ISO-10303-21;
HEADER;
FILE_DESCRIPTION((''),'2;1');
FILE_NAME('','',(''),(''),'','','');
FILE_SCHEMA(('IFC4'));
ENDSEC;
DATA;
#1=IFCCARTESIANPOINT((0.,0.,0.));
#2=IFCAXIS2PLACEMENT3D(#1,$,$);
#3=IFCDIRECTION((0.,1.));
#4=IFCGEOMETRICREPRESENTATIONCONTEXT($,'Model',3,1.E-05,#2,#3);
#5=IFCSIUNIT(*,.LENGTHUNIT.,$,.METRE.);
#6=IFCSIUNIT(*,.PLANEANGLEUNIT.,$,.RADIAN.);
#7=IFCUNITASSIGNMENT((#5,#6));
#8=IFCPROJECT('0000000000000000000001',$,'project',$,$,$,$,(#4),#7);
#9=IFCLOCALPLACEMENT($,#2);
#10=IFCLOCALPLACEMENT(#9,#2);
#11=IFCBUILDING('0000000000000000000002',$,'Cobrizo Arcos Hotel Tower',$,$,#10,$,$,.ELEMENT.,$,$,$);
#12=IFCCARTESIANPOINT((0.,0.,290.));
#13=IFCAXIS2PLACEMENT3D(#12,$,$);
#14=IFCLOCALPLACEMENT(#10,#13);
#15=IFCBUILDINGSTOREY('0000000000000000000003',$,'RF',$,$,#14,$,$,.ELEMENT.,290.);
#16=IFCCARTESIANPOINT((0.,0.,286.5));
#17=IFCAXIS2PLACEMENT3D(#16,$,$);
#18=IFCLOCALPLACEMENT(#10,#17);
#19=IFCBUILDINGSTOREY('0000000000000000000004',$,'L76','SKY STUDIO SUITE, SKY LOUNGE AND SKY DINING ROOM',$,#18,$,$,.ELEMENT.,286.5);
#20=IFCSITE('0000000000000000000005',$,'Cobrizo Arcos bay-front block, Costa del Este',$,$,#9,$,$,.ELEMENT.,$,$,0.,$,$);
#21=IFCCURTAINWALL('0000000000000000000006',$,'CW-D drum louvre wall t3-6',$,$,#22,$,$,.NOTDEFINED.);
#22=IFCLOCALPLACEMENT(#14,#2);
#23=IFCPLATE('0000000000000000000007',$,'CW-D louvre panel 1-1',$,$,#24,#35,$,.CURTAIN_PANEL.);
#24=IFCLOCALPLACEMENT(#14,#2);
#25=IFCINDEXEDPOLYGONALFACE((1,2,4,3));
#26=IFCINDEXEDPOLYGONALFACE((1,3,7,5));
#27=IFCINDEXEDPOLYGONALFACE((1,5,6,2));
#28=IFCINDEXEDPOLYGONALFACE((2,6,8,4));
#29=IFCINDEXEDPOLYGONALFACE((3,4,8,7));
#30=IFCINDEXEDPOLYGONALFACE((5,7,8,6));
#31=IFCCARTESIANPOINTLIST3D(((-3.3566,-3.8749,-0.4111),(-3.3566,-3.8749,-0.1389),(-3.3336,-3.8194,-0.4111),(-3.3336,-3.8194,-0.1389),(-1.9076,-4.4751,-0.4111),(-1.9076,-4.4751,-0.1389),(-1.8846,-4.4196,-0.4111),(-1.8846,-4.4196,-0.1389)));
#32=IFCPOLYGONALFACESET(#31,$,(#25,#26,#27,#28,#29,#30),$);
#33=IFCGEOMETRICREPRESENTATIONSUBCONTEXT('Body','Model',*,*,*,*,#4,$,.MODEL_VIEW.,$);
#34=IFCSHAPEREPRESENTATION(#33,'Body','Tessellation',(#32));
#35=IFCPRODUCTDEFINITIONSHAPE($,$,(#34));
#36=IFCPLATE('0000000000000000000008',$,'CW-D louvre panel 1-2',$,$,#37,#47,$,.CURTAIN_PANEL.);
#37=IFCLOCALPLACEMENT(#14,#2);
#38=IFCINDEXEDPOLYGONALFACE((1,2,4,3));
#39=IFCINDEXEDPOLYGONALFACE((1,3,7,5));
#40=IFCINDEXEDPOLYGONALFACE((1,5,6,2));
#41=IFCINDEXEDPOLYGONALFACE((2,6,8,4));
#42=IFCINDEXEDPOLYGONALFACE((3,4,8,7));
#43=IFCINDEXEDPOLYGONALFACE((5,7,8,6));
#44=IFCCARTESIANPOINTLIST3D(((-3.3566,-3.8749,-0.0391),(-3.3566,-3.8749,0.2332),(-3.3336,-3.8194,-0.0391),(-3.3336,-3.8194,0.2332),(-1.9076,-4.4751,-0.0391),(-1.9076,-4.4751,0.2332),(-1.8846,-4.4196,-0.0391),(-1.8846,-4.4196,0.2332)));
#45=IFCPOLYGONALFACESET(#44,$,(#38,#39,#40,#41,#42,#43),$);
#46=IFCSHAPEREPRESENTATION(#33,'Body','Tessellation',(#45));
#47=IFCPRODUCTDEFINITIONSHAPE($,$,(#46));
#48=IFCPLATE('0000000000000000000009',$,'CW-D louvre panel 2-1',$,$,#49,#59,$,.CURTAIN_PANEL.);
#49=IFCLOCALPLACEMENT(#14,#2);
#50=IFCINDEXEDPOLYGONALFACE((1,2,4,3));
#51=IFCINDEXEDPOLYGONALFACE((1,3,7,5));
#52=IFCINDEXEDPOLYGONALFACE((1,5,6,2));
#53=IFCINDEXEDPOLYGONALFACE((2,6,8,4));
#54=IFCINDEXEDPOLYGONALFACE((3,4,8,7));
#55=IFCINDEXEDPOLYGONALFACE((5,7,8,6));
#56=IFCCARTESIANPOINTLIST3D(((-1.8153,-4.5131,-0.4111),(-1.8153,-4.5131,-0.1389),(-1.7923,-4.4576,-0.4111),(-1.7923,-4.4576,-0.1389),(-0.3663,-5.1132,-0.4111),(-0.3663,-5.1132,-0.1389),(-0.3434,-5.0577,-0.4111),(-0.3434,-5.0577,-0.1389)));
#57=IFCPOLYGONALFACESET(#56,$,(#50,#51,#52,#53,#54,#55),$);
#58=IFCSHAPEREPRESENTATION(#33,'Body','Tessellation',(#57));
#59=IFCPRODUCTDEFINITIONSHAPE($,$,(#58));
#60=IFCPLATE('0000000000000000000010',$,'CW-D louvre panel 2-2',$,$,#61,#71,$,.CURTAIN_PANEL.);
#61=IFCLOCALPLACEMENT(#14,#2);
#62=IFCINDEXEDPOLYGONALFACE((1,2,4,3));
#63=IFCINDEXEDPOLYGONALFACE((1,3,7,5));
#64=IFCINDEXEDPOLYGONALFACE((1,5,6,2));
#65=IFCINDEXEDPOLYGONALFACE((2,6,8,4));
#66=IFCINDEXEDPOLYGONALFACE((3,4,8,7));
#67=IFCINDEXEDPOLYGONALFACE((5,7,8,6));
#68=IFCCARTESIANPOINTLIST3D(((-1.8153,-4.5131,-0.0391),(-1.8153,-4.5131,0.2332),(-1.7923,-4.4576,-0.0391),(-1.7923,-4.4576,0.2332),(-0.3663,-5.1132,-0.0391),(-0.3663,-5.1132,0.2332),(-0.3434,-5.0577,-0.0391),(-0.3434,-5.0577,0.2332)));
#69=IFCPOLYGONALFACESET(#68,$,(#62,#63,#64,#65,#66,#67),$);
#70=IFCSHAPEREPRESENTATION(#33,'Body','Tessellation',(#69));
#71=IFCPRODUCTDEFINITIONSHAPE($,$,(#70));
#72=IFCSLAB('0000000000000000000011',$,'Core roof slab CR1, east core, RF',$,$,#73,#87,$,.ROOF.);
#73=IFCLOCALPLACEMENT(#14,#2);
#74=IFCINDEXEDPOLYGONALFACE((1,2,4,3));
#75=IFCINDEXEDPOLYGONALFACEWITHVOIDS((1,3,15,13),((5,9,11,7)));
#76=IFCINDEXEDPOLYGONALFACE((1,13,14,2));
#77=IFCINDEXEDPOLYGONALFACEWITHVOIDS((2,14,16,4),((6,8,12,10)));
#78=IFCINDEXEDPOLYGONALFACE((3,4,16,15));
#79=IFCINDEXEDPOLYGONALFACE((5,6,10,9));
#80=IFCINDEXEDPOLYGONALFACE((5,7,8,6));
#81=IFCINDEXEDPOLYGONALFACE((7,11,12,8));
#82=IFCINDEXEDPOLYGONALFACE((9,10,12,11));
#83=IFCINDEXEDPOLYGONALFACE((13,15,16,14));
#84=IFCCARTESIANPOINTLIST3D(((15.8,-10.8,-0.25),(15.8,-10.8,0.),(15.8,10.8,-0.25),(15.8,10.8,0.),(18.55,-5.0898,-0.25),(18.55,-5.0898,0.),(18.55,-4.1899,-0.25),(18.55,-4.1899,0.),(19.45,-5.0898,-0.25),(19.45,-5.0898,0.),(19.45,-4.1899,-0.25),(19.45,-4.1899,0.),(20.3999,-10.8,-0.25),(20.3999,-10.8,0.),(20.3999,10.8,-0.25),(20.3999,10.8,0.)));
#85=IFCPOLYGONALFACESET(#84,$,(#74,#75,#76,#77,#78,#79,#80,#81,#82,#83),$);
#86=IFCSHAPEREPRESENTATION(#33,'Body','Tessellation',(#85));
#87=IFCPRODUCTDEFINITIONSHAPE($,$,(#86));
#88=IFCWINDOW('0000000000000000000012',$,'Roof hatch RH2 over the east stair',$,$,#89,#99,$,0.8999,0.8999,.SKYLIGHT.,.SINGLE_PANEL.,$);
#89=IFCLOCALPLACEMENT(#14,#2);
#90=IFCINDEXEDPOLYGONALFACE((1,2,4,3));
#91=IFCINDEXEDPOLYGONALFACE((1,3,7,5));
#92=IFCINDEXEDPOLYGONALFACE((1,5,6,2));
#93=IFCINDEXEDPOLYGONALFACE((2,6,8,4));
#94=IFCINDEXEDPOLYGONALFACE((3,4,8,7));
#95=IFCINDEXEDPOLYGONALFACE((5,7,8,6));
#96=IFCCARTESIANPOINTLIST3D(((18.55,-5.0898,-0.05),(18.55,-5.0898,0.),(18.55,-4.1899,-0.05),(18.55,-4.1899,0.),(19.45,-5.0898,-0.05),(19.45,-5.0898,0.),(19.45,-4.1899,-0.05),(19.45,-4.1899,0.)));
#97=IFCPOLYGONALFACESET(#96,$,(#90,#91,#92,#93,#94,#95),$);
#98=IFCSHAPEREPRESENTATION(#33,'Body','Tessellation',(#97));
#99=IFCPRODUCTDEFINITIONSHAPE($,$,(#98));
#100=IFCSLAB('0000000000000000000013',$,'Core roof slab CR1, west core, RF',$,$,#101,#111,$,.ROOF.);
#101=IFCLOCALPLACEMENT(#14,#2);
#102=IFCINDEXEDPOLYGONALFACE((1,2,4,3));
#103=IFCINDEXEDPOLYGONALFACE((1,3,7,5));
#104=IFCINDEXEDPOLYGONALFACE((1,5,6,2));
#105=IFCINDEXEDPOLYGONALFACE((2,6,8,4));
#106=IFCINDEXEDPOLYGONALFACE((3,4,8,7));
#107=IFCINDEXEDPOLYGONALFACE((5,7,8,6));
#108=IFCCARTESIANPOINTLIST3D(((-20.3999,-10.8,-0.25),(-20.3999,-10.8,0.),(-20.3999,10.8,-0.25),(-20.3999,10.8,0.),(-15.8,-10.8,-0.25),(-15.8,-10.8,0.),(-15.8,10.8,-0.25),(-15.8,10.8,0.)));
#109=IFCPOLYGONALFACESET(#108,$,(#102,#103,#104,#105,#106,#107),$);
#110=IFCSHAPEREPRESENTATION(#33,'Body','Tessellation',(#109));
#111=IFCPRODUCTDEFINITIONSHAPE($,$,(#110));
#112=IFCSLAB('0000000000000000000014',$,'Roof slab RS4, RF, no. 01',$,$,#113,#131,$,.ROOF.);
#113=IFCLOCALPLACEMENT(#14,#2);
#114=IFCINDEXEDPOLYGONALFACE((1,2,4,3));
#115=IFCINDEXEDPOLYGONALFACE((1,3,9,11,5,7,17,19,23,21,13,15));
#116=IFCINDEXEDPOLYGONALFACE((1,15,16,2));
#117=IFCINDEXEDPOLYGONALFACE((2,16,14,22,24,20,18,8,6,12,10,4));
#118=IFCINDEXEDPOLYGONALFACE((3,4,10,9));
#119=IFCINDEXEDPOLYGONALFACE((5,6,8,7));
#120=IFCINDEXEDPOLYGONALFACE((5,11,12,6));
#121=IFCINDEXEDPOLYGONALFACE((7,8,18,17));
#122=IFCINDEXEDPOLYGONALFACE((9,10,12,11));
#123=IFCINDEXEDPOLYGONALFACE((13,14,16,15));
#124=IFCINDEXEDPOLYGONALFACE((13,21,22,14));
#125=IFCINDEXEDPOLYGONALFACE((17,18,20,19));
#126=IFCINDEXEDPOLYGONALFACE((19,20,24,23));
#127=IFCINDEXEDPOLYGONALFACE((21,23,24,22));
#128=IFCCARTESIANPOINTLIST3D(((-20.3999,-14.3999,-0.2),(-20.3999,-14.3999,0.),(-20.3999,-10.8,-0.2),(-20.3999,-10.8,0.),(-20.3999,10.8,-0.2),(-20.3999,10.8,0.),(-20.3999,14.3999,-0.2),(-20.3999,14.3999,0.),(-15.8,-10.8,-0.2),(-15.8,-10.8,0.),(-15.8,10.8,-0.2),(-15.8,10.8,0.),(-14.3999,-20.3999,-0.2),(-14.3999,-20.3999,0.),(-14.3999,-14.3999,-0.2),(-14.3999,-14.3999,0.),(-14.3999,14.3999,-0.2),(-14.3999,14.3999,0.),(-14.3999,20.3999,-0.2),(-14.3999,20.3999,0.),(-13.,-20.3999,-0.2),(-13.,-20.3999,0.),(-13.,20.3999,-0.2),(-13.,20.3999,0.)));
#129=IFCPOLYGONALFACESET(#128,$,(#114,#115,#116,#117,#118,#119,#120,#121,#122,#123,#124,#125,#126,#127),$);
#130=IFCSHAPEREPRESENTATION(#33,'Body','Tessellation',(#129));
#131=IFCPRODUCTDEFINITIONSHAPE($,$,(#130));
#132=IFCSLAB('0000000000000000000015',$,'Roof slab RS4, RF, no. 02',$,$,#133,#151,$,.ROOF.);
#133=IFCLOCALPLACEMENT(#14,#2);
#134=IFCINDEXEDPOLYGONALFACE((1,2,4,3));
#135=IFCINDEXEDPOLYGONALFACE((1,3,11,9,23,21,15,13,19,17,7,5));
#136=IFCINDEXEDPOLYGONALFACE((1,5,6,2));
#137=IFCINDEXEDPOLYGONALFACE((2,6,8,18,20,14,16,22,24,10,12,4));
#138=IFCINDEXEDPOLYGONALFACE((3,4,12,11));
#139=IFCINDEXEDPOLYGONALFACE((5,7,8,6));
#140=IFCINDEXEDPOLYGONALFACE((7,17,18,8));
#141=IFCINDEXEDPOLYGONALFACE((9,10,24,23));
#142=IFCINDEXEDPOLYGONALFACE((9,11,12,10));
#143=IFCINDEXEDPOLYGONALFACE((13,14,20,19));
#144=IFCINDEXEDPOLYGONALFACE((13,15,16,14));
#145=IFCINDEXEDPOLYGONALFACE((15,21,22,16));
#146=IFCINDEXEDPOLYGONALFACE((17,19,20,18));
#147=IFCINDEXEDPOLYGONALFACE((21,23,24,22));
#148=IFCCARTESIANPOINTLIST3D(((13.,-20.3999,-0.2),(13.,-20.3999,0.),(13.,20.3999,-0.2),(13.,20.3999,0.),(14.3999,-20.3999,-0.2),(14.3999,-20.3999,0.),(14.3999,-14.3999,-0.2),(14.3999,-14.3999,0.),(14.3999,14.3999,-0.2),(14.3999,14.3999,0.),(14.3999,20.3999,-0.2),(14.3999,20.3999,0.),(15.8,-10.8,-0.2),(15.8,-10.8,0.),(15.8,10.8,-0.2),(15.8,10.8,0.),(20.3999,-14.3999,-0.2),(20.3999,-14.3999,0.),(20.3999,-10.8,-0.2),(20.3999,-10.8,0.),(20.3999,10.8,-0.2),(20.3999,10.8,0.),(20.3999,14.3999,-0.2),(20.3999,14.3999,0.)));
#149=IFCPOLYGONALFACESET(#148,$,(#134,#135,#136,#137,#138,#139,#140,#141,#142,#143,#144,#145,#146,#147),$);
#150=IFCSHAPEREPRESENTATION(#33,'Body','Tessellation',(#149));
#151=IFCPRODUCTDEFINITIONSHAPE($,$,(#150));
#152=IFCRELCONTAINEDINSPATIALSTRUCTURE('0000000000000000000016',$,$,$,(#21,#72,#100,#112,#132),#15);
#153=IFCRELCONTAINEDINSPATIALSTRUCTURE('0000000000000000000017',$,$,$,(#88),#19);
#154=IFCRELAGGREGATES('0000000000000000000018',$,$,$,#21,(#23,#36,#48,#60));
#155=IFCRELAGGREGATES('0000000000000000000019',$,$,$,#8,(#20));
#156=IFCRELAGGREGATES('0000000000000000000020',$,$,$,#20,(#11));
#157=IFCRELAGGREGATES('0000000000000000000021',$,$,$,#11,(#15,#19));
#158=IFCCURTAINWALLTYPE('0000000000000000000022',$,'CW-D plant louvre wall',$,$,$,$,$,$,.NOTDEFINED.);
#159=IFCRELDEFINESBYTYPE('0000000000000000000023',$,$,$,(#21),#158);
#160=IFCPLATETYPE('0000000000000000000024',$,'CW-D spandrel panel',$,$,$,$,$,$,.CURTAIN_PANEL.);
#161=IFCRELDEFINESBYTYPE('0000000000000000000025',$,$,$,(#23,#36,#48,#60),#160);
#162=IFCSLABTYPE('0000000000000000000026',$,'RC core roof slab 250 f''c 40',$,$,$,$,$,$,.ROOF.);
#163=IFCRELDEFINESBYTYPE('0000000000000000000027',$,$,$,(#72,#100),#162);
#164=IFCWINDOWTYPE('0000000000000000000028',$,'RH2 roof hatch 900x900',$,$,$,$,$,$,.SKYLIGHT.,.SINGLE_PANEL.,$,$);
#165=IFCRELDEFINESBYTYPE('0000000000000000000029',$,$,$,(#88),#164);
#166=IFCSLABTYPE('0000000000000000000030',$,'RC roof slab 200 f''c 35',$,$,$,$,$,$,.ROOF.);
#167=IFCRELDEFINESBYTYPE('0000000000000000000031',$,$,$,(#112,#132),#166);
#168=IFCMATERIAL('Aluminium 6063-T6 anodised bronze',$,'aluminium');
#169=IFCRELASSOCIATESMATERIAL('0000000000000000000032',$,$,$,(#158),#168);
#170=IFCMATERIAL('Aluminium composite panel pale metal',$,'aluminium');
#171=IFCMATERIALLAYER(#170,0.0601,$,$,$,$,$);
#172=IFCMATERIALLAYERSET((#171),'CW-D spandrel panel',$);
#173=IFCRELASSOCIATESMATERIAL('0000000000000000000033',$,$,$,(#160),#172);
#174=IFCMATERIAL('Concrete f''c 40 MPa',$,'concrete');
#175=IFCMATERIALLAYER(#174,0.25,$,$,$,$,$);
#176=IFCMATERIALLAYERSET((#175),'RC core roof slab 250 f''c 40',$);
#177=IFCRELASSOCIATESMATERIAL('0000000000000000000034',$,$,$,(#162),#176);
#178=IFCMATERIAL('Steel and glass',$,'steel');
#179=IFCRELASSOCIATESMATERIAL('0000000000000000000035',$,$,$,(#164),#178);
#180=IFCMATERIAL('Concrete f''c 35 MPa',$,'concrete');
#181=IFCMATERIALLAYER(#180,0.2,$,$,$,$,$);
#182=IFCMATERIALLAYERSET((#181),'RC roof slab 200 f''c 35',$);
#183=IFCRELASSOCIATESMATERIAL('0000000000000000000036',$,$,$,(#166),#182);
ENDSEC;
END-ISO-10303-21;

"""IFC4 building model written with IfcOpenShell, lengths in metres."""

from ifc_helpers import new_model, si_unit, direction, frame, origin, origin_2d, place, context, subcontext, project, spatial, polyline, rectangle, outline, extrude, material, layer, layer_set, type_object, element, fill, aggregate, save


model = new_model("IFC4")

# Units and contexts
model_context = context("Model", 3, precision=1e-05, world=origin(), true_north=direction((0.0, 1.0)))
body_context = subcontext(model_context, "Body", "Model", "MODEL_VIEW")
ifc_project = project(units=[si_unit("LENGTHUNIT", "METRE"), si_unit("PLANEANGLEUNIT", "RADIAN")], contexts=[model_context])

# Site, building, storey
site_placement = place(None, origin())
site = spatial("IfcSite", under=ifc_project, at=site_placement, Name="Cobrizo Arcos bay-front block, Costa del Este", CompositionType="ELEMENT", RefElevation=0.0)
building_placement = place(site_placement, origin())
building = spatial("IfcBuilding", under=site, at=building_placement, Name="Cobrizo Arcos Hotel Tower", CompositionType="ELEMENT")
storey_1_placement = place(building_placement, frame((0.0, 0.0, 290.0)))
storey_1 = spatial("IfcBuildingStorey", under=building, at=storey_1_placement, Name="RF", CompositionType="ELEMENT", Elevation=290.0)

# Curtain wall
ifc_material_1 = material(Name="Aluminium 6063-T6 anodised bronze", Category="aluminium")
curtain_wall_type = type_object("IfcCurtainWallType", Name="CW-D plant louvre wall", PredefinedType="NOTDEFINED", material=ifc_material_1)
curtain_wall_1_placement = place(storey_1_placement, origin())
curtain_wall_1 = element("IfcCurtainWall", 1, at=curtain_wall_1_placement, inside=storey_1, type_object=curtain_wall_type, Name="CW-D drum louvre wall t3-6", PredefinedType="NOTDEFINED")

# Plates
ifc_material_2 = material(Name="Aluminium composite panel pale metal", Category="aluminium")
ifc_layer_1 = layer(ifc_material_2, 0.0601)
ifc_layer_set_1 = layer_set([ifc_layer_1], Name="CW-D spandrel panel")
plate_type = type_object("IfcPlateType", Name="CW-D spandrel panel", PredefinedType="CURTAIN_PANEL", material=ifc_layer_set_1)
plate_1_placement = place(storey_1_placement, frame((-2.6206, -4.1472, -0.4111), z_axis=(0.0, 0.0, 1.0), x_axis=(0.92388, -0.382683, 0.0)))
plate_1 = element("IfcPlate", 2, at=plate_1_placement, type_object=plate_type, Name="CW-D louvre panel 1-1", PredefinedType="CURTAIN_PANEL", context=body_context, shape_type="SweptSolid", body=[
    extrude(rectangle(XDim=1.5684, YDim=0.0601, at=origin_2d()), origin(), (0.0, 0.0, 1.0), 0.2722),
])
plate_2_placement = place(storey_1_placement, frame((-2.6206, -4.1472, -0.0391), z_axis=(0.0, 0.0, 1.0), x_axis=(0.92388, -0.382683, 0.0)))
plate_2 = element("IfcPlate", 3, at=plate_2_placement, type_object=plate_type, Name="CW-D louvre panel 1-2", PredefinedType="CURTAIN_PANEL", context=body_context, shape_type="SweptSolid", body=[
    extrude(rectangle(XDim=1.5684, YDim=0.0601, at=origin_2d()), origin(), (0.0, 0.0, 1.0), 0.2722),
])
plate_3_placement = place(storey_1_placement, frame((-1.0793, -4.7854, -0.4111), z_axis=(0.0, 0.0, 1.0), x_axis=(0.92388, -0.382683, 0.0)))
plate_3 = element("IfcPlate", 4, at=plate_3_placement, type_object=plate_type, Name="CW-D louvre panel 2-1", PredefinedType="CURTAIN_PANEL", context=body_context, shape_type="SweptSolid", body=[
    extrude(rectangle(XDim=1.5684, YDim=0.0601, at=origin_2d()), origin(), (0.0, 0.0, 1.0), 0.2722),
])
plate_4_placement = place(storey_1_placement, frame((-1.0793, -4.7854, -0.0391), z_axis=(0.0, 0.0, 1.0), x_axis=(0.92388, -0.382683, 0.0)))
plate_4 = element("IfcPlate", 5, at=plate_4_placement, type_object=plate_type, Name="CW-D louvre panel 2-2", PredefinedType="CURTAIN_PANEL", context=body_context, shape_type="SweptSolid", body=[
    extrude(rectangle(XDim=1.5684, YDim=0.0601, at=origin_2d()), origin(), (0.0, 0.0, 1.0), 0.2722),
])
aggregate(curtain_wall_1, [plate_1, plate_2, plate_3, plate_4])

# Slab, opening
ifc_material_3 = material(Name="Concrete f'c 40 MPa", Category="concrete")
ifc_layer_2 = layer(ifc_material_3, 0.25)
ifc_layer_set_2 = layer_set([ifc_layer_2], Name="RC core roof slab 250 f'c 40")
slab_type_1 = type_object("IfcSlabType", Name="RC core roof slab 250 f'c 40", PredefinedType="ROOF", material=ifc_layer_set_2)
slab_1_placement = place(storey_1_placement, frame((0.0, 0.0, -0.25)))
slab_1 = element("IfcSlab", 6, at=slab_1_placement, inside=storey_1, type_object=slab_type_1, Name="Core roof slab CR1, east core, RF", PredefinedType="ROOF", context=body_context, shape_type="SweptSolid", body=[
    extrude(outline(polyline([(20.3999, -10.8), (20.3999, 10.8), (15.8, 10.8), (15.8, -10.8), (20.3999, -10.8)])), origin(), (0.0, 0.0, 1.0), 0.25),
])
opening_placement = place(slab_1_placement, frame((19.0, -4.6399, 0.0)))
opening = element("IfcOpeningElement", 7, at=opening_placement, cuts=slab_1, PredefinedType="OPENING", context=body_context, shape_type="SweptSolid", body=[
    extrude(rectangle(XDim=0.8999, YDim=0.8999, at=origin_2d()), frame((0.0, 0.0, -0.012)), (0.0, 0.0, 1.0), 0.2739),
])

# Shared definitions
storey_2_placement = place(building_placement, frame((0.0, 0.0, 286.5)))
storey_2 = spatial("IfcBuildingStorey", under=building, at=storey_2_placement, Name="L76", Description="SKY STUDIO SUITE, SKY LOUNGE AND SKY DINING ROOM", CompositionType="ELEMENT", Elevation=286.5)

# Window
ifc_material_4 = material(Name="Steel and glass", Category="steel")
window_type = type_object("IfcWindowType", Name="RH2 roof hatch 900x900", PartitioningType="SINGLE_PANEL", PredefinedType="SKYLIGHT", material=ifc_material_4)
window_placement = place(opening_placement, frame((0.0, 0.0, 0.2)))
window = element("IfcWindow", 8, at=window_placement, inside=storey_2, type_object=window_type, Name="Roof hatch RH2 over the east stair", OverallHeight=0.8999, OverallWidth=0.8999, PartitioningType="SINGLE_PANEL", PredefinedType="SKYLIGHT", context=body_context, shape_type="SweptSolid", body=[
    extrude(rectangle(XDim=0.8999, YDim=0.8999, at=origin_2d()), origin(), (0.0, 0.0, 1.0), 0.05),
])
fill(opening, window)

# Slabs
slab_2_placement = place(storey_1_placement, frame((0.0, 0.0, -0.25)))
element("IfcSlab", 9, at=slab_2_placement, inside=storey_1, type_object=slab_type_1, Name="Core roof slab CR1, west core, RF", PredefinedType="ROOF", context=body_context, shape_type="SweptSolid", body=[
    extrude(outline(polyline([(-15.8, -10.8), (-15.8, 10.8), (-20.3999, 10.8), (-20.3999, -10.8), (-15.8, -10.8)])), origin(), (0.0, 0.0, 1.0), 0.25),
])
ifc_material_5 = material(Name="Concrete f'c 35 MPa", Category="concrete")
ifc_layer_3 = layer(ifc_material_5, 0.2)
ifc_layer_set_3 = layer_set([ifc_layer_3], Name="RC roof slab 200 f'c 35")
slab_type_2 = type_object("IfcSlabType", Name="RC roof slab 200 f'c 35", PredefinedType="ROOF", material=ifc_layer_set_3)
slab_3_placement = place(storey_1_placement, frame((0.0, 0.0, -0.2)))
element("IfcSlab", 10, at=slab_3_placement, inside=storey_1, type_object=slab_type_2, Name="Roof slab RS4, RF, no. 01", PredefinedType="ROOF", context=body_context, shape_type="SweptSolid", body=[
    extrude(outline(polyline([(-14.3999, -14.3999), (-20.3999, -14.3999), (-20.3999, -10.8), (-15.8, -10.8), (-15.8, 10.8), (-20.3999, 10.8), (-20.3999, 14.3999), (-14.3999, 14.3999), (-14.3999, 20.3999), (-13.0, 20.3999), (-13.0, -20.3999), (-14.3999, -20.3999), (-14.3999, -14.3999)])), origin(), (0.0, 0.0, 1.0), 0.2),
])
slab_4_placement = place(storey_1_placement, frame((0.0, 0.0, -0.2)))
element("IfcSlab", 11, at=slab_4_placement, inside=storey_1, type_object=slab_type_2, Name="Roof slab RS4, RF, no. 02", PredefinedType="ROOF", context=body_context, shape_type="SweptSolid", body=[
    extrude(outline(polyline([(14.3999, 14.3999), (20.3999, 14.3999), (20.3999, 10.8), (15.8, 10.8), (15.8, -10.8), (20.3999, -10.8), (20.3999, -14.3999), (14.3999, -14.3999), (14.3999, -20.3999), (13.0, -20.3999), (13.0, 20.3999), (14.3999, 20.3999), (14.3999, 14.3999)])), origin(), (0.0, 0.0, 1.0), 0.2),
])

save(model, "model.ifc")
